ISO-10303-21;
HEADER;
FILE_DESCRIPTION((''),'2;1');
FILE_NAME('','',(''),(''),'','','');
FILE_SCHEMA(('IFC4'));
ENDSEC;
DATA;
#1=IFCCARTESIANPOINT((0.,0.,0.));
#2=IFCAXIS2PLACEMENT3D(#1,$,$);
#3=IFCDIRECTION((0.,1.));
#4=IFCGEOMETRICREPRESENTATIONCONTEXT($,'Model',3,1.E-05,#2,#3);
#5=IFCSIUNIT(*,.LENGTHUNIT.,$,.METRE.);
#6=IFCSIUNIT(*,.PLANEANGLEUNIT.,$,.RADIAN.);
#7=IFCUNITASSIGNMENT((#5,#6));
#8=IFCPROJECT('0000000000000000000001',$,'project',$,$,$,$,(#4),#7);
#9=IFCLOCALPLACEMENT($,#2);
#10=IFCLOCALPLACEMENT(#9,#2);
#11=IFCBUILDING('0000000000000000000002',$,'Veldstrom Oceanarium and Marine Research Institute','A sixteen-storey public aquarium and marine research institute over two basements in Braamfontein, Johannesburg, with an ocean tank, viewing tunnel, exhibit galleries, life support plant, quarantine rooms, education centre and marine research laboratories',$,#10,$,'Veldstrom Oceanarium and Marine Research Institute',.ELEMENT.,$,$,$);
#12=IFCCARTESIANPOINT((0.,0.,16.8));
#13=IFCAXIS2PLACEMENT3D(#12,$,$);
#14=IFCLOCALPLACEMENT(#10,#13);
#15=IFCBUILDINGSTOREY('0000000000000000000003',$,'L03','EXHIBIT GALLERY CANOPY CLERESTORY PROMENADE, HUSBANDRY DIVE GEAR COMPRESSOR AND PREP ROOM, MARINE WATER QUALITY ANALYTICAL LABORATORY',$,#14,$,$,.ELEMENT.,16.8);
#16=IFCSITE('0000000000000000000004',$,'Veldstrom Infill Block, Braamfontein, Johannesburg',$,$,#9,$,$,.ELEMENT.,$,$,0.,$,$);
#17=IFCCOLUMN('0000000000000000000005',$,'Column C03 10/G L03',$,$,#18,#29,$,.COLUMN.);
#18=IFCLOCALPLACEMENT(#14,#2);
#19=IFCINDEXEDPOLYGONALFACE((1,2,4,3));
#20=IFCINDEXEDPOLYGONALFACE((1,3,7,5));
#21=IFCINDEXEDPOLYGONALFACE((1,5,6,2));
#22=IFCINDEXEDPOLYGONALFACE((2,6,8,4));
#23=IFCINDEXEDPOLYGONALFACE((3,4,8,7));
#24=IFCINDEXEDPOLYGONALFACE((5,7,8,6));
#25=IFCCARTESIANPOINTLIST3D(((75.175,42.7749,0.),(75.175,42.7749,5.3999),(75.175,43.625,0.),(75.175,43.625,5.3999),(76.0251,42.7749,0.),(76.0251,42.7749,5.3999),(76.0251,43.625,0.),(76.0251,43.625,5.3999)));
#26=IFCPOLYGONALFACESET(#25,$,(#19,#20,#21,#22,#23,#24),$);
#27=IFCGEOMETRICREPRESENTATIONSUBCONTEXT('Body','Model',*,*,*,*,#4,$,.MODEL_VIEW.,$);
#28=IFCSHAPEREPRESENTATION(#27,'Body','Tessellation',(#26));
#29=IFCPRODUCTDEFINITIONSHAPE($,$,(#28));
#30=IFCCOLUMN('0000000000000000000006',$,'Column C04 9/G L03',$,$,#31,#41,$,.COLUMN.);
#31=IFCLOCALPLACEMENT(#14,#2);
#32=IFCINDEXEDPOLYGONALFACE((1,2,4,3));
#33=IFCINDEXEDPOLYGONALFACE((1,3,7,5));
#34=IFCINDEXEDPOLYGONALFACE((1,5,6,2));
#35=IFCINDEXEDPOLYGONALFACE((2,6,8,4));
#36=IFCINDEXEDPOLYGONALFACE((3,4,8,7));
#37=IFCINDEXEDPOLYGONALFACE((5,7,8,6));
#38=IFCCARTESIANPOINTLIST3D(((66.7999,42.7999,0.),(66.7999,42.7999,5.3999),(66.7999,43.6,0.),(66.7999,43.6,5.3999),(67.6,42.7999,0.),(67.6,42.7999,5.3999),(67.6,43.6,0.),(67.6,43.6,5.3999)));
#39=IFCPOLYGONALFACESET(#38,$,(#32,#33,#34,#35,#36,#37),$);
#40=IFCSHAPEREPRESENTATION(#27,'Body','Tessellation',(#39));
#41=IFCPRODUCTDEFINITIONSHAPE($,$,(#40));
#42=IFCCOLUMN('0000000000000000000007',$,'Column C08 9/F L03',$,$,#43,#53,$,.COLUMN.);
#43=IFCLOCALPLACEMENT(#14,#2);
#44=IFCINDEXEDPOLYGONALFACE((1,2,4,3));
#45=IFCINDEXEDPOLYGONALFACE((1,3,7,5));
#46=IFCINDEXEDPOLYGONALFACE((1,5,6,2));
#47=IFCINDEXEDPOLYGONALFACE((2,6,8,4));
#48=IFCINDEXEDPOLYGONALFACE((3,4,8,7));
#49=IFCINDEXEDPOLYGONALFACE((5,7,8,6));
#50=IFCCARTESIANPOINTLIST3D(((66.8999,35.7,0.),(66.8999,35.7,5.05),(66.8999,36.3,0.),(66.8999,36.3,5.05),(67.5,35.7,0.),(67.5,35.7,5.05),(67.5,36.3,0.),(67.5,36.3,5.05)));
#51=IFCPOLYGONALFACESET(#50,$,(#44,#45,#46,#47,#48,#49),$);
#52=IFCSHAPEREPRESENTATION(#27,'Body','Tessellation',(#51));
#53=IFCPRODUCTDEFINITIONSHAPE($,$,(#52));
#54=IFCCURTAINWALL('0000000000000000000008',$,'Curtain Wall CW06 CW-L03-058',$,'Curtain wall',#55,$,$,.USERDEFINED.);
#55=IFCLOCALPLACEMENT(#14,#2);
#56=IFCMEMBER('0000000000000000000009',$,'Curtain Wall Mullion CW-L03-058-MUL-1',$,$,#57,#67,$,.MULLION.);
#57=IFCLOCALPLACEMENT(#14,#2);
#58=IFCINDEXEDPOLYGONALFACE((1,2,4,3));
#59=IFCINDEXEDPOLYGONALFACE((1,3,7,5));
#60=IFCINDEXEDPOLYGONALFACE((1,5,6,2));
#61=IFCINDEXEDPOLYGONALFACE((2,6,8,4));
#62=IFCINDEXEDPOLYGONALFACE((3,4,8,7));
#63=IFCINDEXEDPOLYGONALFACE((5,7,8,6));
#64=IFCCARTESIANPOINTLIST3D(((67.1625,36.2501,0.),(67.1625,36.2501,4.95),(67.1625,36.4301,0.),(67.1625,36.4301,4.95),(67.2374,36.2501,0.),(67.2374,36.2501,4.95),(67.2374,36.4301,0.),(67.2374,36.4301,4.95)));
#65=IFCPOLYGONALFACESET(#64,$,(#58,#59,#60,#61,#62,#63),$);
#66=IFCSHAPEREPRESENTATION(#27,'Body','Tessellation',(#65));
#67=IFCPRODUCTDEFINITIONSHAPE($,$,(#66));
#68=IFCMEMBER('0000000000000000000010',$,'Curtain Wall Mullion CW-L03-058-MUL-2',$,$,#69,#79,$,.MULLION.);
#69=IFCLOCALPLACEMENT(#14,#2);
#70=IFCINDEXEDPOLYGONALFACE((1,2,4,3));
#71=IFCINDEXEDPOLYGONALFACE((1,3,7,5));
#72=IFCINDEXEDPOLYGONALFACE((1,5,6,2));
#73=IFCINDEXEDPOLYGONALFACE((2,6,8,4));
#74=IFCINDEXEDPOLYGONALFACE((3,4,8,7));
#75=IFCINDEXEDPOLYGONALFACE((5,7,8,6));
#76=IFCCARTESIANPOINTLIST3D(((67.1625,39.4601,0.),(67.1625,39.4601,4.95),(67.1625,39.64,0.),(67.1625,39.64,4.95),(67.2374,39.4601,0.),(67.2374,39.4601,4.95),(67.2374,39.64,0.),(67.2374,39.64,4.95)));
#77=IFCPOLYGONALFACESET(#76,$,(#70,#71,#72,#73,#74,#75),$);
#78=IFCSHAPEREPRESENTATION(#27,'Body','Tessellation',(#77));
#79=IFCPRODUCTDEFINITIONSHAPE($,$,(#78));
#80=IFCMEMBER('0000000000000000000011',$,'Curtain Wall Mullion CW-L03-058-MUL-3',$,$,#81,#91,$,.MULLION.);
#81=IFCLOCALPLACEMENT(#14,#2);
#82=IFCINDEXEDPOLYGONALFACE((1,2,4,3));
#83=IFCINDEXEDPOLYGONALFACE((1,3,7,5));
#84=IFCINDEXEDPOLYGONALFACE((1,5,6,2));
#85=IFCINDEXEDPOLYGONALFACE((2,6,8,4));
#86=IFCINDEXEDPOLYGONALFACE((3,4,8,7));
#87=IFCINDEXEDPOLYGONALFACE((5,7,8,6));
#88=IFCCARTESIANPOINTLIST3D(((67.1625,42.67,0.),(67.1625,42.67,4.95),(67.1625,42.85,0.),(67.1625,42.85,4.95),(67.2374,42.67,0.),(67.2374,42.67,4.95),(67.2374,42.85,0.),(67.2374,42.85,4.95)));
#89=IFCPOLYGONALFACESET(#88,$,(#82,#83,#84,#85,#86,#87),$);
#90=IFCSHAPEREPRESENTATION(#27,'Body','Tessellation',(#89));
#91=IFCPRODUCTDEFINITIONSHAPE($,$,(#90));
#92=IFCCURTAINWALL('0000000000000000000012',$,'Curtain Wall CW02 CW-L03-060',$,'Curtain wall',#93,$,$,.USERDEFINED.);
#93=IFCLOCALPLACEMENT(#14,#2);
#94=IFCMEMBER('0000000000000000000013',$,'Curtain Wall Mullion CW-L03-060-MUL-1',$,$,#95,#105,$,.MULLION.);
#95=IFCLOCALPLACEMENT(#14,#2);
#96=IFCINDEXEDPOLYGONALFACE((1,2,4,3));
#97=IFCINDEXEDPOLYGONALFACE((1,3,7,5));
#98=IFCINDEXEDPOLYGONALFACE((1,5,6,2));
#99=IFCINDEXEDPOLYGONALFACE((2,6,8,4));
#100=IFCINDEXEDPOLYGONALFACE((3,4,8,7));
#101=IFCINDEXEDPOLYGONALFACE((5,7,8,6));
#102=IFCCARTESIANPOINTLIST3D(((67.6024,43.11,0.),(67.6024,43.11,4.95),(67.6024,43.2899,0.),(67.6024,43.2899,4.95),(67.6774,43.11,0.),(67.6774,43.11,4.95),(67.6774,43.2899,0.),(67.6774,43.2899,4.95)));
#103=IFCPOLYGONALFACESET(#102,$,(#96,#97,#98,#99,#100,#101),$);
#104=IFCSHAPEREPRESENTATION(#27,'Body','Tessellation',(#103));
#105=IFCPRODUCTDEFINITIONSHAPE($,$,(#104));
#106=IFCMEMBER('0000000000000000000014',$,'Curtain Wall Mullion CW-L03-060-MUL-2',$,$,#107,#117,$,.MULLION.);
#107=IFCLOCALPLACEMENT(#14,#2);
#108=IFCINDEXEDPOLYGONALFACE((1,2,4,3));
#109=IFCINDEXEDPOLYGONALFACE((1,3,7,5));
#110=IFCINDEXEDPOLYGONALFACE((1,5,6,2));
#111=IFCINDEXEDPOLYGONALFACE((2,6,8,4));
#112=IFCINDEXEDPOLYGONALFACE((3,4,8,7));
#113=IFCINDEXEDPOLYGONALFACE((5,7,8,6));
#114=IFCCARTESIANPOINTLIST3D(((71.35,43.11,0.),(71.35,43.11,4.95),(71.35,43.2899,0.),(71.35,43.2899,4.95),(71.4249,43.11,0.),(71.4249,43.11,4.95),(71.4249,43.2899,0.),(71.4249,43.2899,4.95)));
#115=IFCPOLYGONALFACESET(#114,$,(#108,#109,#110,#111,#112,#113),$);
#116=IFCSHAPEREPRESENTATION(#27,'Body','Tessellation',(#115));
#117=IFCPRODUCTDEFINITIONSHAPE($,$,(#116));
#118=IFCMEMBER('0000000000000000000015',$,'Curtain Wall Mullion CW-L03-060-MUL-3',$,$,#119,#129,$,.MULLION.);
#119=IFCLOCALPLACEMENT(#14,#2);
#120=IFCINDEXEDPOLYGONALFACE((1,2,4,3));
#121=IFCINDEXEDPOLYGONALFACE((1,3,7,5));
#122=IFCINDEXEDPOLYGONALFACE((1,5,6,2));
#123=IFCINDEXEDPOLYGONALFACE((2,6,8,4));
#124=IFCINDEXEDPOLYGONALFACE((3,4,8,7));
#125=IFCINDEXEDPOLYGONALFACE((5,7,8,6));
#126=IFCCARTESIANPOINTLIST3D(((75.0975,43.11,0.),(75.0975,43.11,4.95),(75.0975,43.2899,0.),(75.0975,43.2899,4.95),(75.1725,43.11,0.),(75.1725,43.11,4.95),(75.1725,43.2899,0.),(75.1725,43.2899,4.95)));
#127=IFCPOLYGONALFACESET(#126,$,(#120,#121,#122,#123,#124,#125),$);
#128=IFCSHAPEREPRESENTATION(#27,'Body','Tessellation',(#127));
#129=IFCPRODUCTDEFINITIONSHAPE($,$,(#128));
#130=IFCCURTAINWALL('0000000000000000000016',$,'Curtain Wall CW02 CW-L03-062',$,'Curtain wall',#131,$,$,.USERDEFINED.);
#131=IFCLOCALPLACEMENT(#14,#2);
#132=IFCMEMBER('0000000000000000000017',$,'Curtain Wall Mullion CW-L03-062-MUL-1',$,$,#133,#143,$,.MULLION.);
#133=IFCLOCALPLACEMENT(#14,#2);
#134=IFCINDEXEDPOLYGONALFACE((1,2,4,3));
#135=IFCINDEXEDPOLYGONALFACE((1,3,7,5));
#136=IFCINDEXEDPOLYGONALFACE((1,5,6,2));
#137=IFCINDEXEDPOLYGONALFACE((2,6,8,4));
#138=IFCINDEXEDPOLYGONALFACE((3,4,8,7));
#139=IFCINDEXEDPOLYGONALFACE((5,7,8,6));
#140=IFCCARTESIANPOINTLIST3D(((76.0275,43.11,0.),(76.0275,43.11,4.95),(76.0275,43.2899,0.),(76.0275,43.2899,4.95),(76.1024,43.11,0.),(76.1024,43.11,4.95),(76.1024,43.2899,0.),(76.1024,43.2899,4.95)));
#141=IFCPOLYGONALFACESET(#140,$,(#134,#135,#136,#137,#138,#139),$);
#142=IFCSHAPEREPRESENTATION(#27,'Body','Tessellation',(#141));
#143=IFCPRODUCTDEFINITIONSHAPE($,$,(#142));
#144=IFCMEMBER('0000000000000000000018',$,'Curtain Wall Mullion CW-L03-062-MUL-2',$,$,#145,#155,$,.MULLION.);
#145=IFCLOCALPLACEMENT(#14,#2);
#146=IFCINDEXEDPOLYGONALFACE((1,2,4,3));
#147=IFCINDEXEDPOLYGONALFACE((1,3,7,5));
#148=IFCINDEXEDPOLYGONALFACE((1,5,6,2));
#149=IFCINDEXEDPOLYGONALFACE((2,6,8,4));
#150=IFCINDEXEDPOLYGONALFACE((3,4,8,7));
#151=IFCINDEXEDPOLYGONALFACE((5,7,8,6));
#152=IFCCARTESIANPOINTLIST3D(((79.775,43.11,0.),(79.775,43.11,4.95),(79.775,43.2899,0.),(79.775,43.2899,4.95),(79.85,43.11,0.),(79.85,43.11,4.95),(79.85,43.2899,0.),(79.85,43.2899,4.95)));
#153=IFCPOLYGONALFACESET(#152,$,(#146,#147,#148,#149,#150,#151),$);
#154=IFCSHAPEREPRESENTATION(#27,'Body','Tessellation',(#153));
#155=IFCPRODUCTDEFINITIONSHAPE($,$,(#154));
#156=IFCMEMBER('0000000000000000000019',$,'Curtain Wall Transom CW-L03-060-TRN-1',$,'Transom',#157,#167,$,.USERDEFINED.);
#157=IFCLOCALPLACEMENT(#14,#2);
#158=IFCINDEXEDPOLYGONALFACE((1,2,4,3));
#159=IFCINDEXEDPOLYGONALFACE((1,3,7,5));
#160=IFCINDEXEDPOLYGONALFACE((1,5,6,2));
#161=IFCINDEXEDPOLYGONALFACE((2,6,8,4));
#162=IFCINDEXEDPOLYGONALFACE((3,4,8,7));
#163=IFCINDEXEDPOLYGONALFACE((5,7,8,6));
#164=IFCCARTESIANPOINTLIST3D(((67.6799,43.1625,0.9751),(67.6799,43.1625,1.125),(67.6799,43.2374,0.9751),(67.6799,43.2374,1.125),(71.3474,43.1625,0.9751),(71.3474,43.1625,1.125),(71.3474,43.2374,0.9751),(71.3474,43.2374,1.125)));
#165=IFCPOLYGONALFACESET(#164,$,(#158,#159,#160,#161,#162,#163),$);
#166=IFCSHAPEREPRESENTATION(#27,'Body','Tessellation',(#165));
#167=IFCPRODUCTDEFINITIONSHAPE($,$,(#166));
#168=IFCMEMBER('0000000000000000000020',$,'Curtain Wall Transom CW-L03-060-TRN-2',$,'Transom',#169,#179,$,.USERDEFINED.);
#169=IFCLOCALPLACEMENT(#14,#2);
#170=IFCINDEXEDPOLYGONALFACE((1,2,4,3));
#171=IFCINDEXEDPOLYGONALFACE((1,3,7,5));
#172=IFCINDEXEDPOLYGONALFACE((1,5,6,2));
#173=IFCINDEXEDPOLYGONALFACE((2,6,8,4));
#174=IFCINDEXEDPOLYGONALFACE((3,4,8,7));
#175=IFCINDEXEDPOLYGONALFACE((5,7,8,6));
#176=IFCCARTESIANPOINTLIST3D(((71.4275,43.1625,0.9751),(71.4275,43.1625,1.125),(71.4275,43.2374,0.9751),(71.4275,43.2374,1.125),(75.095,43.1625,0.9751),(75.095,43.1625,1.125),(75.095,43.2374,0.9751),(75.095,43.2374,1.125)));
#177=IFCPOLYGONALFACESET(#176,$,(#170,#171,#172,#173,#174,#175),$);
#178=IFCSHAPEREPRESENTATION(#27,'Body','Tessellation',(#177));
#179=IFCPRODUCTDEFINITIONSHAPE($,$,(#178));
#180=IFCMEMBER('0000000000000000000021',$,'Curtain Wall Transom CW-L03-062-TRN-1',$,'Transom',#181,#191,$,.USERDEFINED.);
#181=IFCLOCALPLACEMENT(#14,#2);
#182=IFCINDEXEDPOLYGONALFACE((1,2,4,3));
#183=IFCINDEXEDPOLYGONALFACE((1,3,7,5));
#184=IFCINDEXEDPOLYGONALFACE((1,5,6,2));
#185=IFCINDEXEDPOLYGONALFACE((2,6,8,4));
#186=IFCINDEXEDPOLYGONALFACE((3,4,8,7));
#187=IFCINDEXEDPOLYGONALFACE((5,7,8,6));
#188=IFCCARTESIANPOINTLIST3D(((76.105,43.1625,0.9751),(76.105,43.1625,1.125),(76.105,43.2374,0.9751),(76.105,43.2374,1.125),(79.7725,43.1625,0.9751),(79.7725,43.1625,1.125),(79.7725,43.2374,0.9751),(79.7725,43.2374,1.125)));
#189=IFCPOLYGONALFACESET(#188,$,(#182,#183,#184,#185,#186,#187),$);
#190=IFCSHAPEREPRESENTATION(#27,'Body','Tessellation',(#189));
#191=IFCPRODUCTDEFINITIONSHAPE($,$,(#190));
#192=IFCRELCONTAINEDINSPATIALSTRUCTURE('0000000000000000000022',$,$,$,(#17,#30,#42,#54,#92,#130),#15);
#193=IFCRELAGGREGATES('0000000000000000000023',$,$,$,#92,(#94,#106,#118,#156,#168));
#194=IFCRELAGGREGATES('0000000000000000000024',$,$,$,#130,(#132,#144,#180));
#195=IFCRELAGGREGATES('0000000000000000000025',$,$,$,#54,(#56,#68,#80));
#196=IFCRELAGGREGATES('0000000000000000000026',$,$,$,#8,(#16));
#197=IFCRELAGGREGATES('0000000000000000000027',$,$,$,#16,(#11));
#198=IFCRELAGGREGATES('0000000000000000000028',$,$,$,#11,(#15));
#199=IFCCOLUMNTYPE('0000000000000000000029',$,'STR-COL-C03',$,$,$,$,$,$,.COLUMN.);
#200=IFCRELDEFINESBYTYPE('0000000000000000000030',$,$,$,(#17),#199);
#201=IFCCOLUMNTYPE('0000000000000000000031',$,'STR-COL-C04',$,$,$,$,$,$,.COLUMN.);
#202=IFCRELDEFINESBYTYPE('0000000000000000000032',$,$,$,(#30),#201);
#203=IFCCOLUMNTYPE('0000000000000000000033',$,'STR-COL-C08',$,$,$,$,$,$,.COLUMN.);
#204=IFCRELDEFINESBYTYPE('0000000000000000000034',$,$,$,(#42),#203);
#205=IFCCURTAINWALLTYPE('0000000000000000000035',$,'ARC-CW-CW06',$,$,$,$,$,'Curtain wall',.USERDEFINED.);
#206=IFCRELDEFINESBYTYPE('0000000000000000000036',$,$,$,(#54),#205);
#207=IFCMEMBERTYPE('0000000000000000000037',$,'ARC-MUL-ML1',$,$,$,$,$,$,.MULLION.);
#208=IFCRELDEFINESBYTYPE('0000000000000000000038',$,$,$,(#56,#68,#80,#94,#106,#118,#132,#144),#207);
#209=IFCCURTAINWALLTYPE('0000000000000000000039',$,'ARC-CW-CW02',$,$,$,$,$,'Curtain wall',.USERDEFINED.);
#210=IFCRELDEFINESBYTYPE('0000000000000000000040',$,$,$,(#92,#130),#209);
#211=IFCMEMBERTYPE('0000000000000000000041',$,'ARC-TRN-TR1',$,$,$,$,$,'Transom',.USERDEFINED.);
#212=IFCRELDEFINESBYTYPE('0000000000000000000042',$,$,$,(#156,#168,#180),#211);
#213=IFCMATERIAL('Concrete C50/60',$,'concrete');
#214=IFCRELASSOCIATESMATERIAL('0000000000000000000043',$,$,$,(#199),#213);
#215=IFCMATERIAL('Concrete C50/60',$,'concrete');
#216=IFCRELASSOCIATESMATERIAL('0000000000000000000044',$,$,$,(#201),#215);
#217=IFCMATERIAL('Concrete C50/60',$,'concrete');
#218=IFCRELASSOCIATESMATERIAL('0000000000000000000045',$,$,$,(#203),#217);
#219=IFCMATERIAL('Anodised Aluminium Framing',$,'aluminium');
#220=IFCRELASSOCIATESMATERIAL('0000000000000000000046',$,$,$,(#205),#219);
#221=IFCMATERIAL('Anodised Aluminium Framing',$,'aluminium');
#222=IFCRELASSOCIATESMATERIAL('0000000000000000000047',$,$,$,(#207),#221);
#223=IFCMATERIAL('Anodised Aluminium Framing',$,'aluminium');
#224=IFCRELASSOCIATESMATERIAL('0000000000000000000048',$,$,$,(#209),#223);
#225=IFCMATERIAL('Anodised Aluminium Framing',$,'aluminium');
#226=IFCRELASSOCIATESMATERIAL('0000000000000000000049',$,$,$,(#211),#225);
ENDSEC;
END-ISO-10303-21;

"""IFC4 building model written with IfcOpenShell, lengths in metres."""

from ifc_helpers import new_model, si_unit, direction, frame, origin, origin_2d, place, context, subcontext, project, spatial, rectangle, extrude, material, material_profile, profile_set, type_object, element, aggregate, save


model = new_model("IFC4")

# Units and contexts
model_context = context("Model", 3, precision=1e-05, world=origin(), true_north=direction((0.0, 1.0)))
body_context = subcontext(model_context, "Body", "Model", "MODEL_VIEW")
ifc_project = project(units=[si_unit("LENGTHUNIT", "METRE"), si_unit("PLANEANGLEUNIT", "RADIAN")], contexts=[model_context])

# Site, building, storey
site_placement = place(None, origin())
site = spatial("IfcSite", under=ifc_project, at=site_placement, Name="Veldstrom Infill Block, Braamfontein, Johannesburg", CompositionType="ELEMENT", RefElevation=0.0)
building_placement = place(site_placement, origin())
building = spatial("IfcBuilding", under=site, at=building_placement, Name="Veldstrom Oceanarium and Marine Research Institute", Description="A sixteen-storey public aquarium and marine research institute over two basements in Braamfontein, Johannesburg, with an ocean tank, viewing tunnel, exhibit galleries, life support plant, quarantine rooms, education centre and marine research laboratories", LongName="Veldstrom Oceanarium and Marine Research Institute", CompositionType="ELEMENT")
storey_placement = place(building_placement, frame((0.0, 0.0, 16.8)))
storey = spatial("IfcBuildingStorey", under=building, at=storey_placement, Name="L03", Description="EXHIBIT GALLERY CANOPY CLERESTORY PROMENADE, HUSBANDRY DIVE GEAR COMPRESSOR AND PREP ROOM, MARINE WATER QUALITY ANALYTICAL LABORATORY", CompositionType="ELEMENT", Elevation=16.8)

# Columns
ifc_material_1 = material(Name="Concrete C50/60", Category="concrete")
ifc_material_profile_1 = material_profile(ifc_material_1, rectangle(XDim=0.8501, YDim=0.8501, at=origin_2d()), Name="RC-COL-850x850")
ifc_profile_set_1 = profile_set([ifc_material_profile_1], Name="Concrete C50/60")
column_type_1 = type_object("IfcColumnType", Name="STR-COL-C03", PredefinedType="COLUMN", material=ifc_profile_set_1)
column_1_placement = place(storey_placement, frame((75.6001, 43.2, 0.0), z_axis=(0.0, 0.0, 1.0), x_axis=(1.0, 0.0, 0.0)))
element("IfcColumn", 1, at=column_1_placement, inside=storey, type_object=column_type_1, Name="Column C03 10/G L03", PredefinedType="COLUMN", context=body_context, shape_type="SweptSolid", body=[
    extrude(rectangle(XDim=0.8501, YDim=0.8501, at=origin_2d()), origin(), (0.0, 0.0, 1.0), 5.3999),
])
ifc_material_2 = material(Name="Concrete C50/60", Category="concrete")
ifc_material_profile_2 = material_profile(ifc_material_2, rectangle(XDim=0.8, YDim=0.8, at=origin_2d()), Name="RC-COL-800x800")
ifc_profile_set_2 = profile_set([ifc_material_profile_2], Name="Concrete C50/60")
column_type_2 = type_object("IfcColumnType", Name="STR-COL-C04", PredefinedType="COLUMN", material=ifc_profile_set_2)
column_2_placement = place(storey_placement, frame((67.2, 43.2, 0.0), z_axis=(0.0, 0.0, 1.0), x_axis=(1.0, 0.0, 0.0)))
element("IfcColumn", 2, at=column_2_placement, inside=storey, type_object=column_type_2, Name="Column C04 9/G L03", PredefinedType="COLUMN", context=body_context, shape_type="SweptSolid", body=[
    extrude(rectangle(XDim=0.8, YDim=0.8, at=origin_2d()), origin(), (0.0, 0.0, 1.0), 5.3999),
])
ifc_material_3 = material(Name="Concrete C50/60", Category="concrete")
ifc_material_profile_3 = material_profile(ifc_material_3, rectangle(XDim=0.6001, YDim=0.6001, at=origin_2d()), Name="RC-COL-600x600")
ifc_profile_set_3 = profile_set([ifc_material_profile_3], Name="Concrete C50/60")
column_type_3 = type_object("IfcColumnType", Name="STR-COL-C08", PredefinedType="COLUMN", material=ifc_profile_set_3)
column_3_placement = place(storey_placement, frame((67.2, 36.0, 0.0), z_axis=(0.0, 0.0, 1.0), x_axis=(1.0, 0.0, 0.0)))
element("IfcColumn", 3, at=column_3_placement, inside=storey, type_object=column_type_3, Name="Column C08 9/F L03", PredefinedType="COLUMN", context=body_context, shape_type="SweptSolid", body=[
    extrude(rectangle(XDim=0.6001, YDim=0.6001, at=origin_2d()), origin(), (0.0, 0.0, 1.0), 5.05),
])

# Curtain walls, members
ifc_material_4 = material(Name="Anodised Aluminium Framing", Category="aluminium")
curtain_wall_type_1 = type_object("IfcCurtainWallType", Name="ARC-CW-CW06", ElementType="Curtain wall", PredefinedType="USERDEFINED", material=ifc_material_4)
curtain_wall_1_placement = place(storey_placement, origin())
curtain_wall_1 = element("IfcCurtainWall", 4, at=curtain_wall_1_placement, inside=storey, type_object=curtain_wall_type_1, Name="Curtain Wall CW06 CW-L03-058", ObjectType="Curtain wall", PredefinedType="USERDEFINED")
ifc_material_5 = material(Name="Anodised Aluminium Framing", Category="aluminium")
ifc_material_profile_4 = material_profile(ifc_material_5, rectangle(XDim=0.075, YDim=0.1799, at=origin_2d()), Name="ALU-MUL-75x180")
ifc_profile_set_4 = profile_set([ifc_material_profile_4], Name="Anodised Aluminium Framing")
member_type_1 = type_object("IfcMemberType", Name="ARC-MUL-ML1", PredefinedType="MULLION", material=ifc_profile_set_4)
member_1_placement = place(storey_placement, frame((67.2, 36.3401, 0.0), z_axis=(0.0, 0.0, 1.0), x_axis=(1.0, 0.0, 0.0)))
member_1 = element("IfcMember", 5, at=member_1_placement, type_object=member_type_1, Name="Curtain Wall Mullion CW-L03-058-MUL-1", PredefinedType="MULLION", context=body_context, shape_type="SweptSolid", body=[
    extrude(rectangle(XDim=0.075, YDim=0.1799, at=origin_2d()), origin(), (0.0, 0.0, 1.0), 4.95),
])
member_2_placement = place(storey_placement, frame((67.2, 39.55, 0.0), z_axis=(0.0, 0.0, 1.0), x_axis=(1.0, 0.0, 0.0)))
member_2 = element("IfcMember", 6, at=member_2_placement, type_object=member_type_1, Name="Curtain Wall Mullion CW-L03-058-MUL-2", PredefinedType="MULLION", context=body_context, shape_type="SweptSolid", body=[
    extrude(rectangle(XDim=0.075, YDim=0.1799, at=origin_2d()), origin(), (0.0, 0.0, 1.0), 4.95),
])
member_3_placement = place(storey_placement, frame((67.2, 42.76, 0.0), z_axis=(0.0, 0.0, 1.0), x_axis=(1.0, 0.0, 0.0)))
member_3 = element("IfcMember", 7, at=member_3_placement, type_object=member_type_1, Name="Curtain Wall Mullion CW-L03-058-MUL-3", PredefinedType="MULLION", context=body_context, shape_type="SweptSolid", body=[
    extrude(rectangle(XDim=0.075, YDim=0.1799, at=origin_2d()), origin(), (0.0, 0.0, 1.0), 4.95),
])
ifc_material_6 = material(Name="Anodised Aluminium Framing", Category="aluminium")
curtain_wall_type_2 = type_object("IfcCurtainWallType", Name="ARC-CW-CW02", ElementType="Curtain wall", PredefinedType="USERDEFINED", material=ifc_material_6)
curtain_wall_2_placement = place(storey_placement, origin())
curtain_wall_2 = element("IfcCurtainWall", 8, at=curtain_wall_2_placement, inside=storey, type_object=curtain_wall_type_2, Name="Curtain Wall CW02 CW-L03-060", ObjectType="Curtain wall", PredefinedType="USERDEFINED")
member_4_placement = place(storey_placement, frame((67.6399, 43.2, 0.0), z_axis=(0.0, 0.0, 1.0), x_axis=(1.0, 0.0, 0.0)))
member_4 = element("IfcMember", 9, at=member_4_placement, type_object=member_type_1, Name="Curtain Wall Mullion CW-L03-060-MUL-1", PredefinedType="MULLION", context=body_context, shape_type="SweptSolid", body=[
    extrude(rectangle(XDim=0.075, YDim=0.1799, at=origin_2d()), origin(), (0.0, 0.0, 1.0), 4.95),
])
member_5_placement = place(storey_placement, frame((71.3875, 43.2, 0.0), z_axis=(0.0, 0.0, 1.0), x_axis=(1.0, 0.0, 0.0)))
member_5 = element("IfcMember", 10, at=member_5_placement, type_object=member_type_1, Name="Curtain Wall Mullion CW-L03-060-MUL-2", PredefinedType="MULLION", context=body_context, shape_type="SweptSolid", body=[
    extrude(rectangle(XDim=0.075, YDim=0.1799, at=origin_2d()), origin(), (0.0, 0.0, 1.0), 4.95),
])
member_6_placement = place(storey_placement, frame((75.135, 43.2, 0.0), z_axis=(0.0, 0.0, 1.0), x_axis=(1.0, 0.0, 0.0)))
member_6 = element("IfcMember", 11, at=member_6_placement, type_object=member_type_1, Name="Curtain Wall Mullion CW-L03-060-MUL-3", PredefinedType="MULLION", context=body_context, shape_type="SweptSolid", body=[
    extrude(rectangle(XDim=0.075, YDim=0.1799, at=origin_2d()), origin(), (0.0, 0.0, 1.0), 4.95),
])
curtain_wall_3_placement = place(storey_placement, origin())
curtain_wall_3 = element("IfcCurtainWall", 12, at=curtain_wall_3_placement, inside=storey, type_object=curtain_wall_type_2, Name="Curtain Wall CW02 CW-L03-062", ObjectType="Curtain wall", PredefinedType="USERDEFINED")
member_7_placement = place(storey_placement, frame((76.0649, 43.2, 0.0), z_axis=(0.0, 0.0, 1.0), x_axis=(1.0, 0.0, 0.0)))
member_7 = element("IfcMember", 13, at=member_7_placement, type_object=member_type_1, Name="Curtain Wall Mullion CW-L03-062-MUL-1", PredefinedType="MULLION", context=body_context, shape_type="SweptSolid", body=[
    extrude(rectangle(XDim=0.075, YDim=0.1799, at=origin_2d()), origin(), (0.0, 0.0, 1.0), 4.95),
])
member_8_placement = place(storey_placement, frame((79.8125, 43.2, 0.0), z_axis=(0.0, 0.0, 1.0), x_axis=(1.0, 0.0, 0.0)))
member_8 = element("IfcMember", 14, at=member_8_placement, type_object=member_type_1, Name="Curtain Wall Mullion CW-L03-062-MUL-2", PredefinedType="MULLION", context=body_context, shape_type="SweptSolid", body=[
    extrude(rectangle(XDim=0.075, YDim=0.1799, at=origin_2d()), origin(), (0.0, 0.0, 1.0), 4.95),
])

# Members
ifc_material_7 = material(Name="Anodised Aluminium Framing", Category="aluminium")
ifc_material_profile_5 = material_profile(ifc_material_7, rectangle(XDim=0.075, YDim=0.1499, at=origin_2d()), Name="ALU-TRN-75x150")
ifc_profile_set_5 = profile_set([ifc_material_profile_5], Name="Anodised Aluminium Framing")
member_type_2 = type_object("IfcMemberType", Name="ARC-TRN-TR1", ElementType="Transom", PredefinedType="USERDEFINED", material=ifc_profile_set_5)
member_9_placement = place(storey_placement, frame((67.6799, 43.2, 1.05), z_axis=(1.0, 0.0, 0.0), x_axis=(0.0, 1.0, 0.0)))
member_9 = element("IfcMember", 15, at=member_9_placement, type_object=member_type_2, Name="Curtain Wall Transom CW-L03-060-TRN-1", ObjectType="Transom", PredefinedType="USERDEFINED", context=body_context, shape_type="SweptSolid", body=[
    extrude(rectangle(XDim=0.075, YDim=0.1499, at=origin_2d()), origin(), (0.0, 0.0, 1.0), 3.6675),
])
member_10_placement = place(storey_placement, frame((71.4275, 43.2, 1.05), z_axis=(1.0, 0.0, 0.0), x_axis=(0.0, 1.0, 0.0)))
member_10 = element("IfcMember", 16, at=member_10_placement, type_object=member_type_2, Name="Curtain Wall Transom CW-L03-060-TRN-2", ObjectType="Transom", PredefinedType="USERDEFINED", context=body_context, shape_type="SweptSolid", body=[
    extrude(rectangle(XDim=0.075, YDim=0.1499, at=origin_2d()), origin(), (0.0, 0.0, 1.0), 3.6675),
])
member_11_placement = place(storey_placement, frame((76.105, 43.2, 1.05), z_axis=(1.0, 0.0, 0.0), x_axis=(0.0, 1.0, 0.0)))
member_11 = element("IfcMember", 17, at=member_11_placement, type_object=member_type_2, Name="Curtain Wall Transom CW-L03-062-TRN-1", ObjectType="Transom", PredefinedType="USERDEFINED", context=body_context, shape_type="SweptSolid", body=[
    extrude(rectangle(XDim=0.075, YDim=0.1499, at=origin_2d()), origin(), (0.0, 0.0, 1.0), 3.6675),
])

aggregate(curtain_wall_2, [member_4, member_5, member_6, member_9, member_10])
aggregate(curtain_wall_3, [member_7, member_8, member_11])
aggregate(curtain_wall_1, [member_1, member_2, member_3])

save(model, "model.ifc")
